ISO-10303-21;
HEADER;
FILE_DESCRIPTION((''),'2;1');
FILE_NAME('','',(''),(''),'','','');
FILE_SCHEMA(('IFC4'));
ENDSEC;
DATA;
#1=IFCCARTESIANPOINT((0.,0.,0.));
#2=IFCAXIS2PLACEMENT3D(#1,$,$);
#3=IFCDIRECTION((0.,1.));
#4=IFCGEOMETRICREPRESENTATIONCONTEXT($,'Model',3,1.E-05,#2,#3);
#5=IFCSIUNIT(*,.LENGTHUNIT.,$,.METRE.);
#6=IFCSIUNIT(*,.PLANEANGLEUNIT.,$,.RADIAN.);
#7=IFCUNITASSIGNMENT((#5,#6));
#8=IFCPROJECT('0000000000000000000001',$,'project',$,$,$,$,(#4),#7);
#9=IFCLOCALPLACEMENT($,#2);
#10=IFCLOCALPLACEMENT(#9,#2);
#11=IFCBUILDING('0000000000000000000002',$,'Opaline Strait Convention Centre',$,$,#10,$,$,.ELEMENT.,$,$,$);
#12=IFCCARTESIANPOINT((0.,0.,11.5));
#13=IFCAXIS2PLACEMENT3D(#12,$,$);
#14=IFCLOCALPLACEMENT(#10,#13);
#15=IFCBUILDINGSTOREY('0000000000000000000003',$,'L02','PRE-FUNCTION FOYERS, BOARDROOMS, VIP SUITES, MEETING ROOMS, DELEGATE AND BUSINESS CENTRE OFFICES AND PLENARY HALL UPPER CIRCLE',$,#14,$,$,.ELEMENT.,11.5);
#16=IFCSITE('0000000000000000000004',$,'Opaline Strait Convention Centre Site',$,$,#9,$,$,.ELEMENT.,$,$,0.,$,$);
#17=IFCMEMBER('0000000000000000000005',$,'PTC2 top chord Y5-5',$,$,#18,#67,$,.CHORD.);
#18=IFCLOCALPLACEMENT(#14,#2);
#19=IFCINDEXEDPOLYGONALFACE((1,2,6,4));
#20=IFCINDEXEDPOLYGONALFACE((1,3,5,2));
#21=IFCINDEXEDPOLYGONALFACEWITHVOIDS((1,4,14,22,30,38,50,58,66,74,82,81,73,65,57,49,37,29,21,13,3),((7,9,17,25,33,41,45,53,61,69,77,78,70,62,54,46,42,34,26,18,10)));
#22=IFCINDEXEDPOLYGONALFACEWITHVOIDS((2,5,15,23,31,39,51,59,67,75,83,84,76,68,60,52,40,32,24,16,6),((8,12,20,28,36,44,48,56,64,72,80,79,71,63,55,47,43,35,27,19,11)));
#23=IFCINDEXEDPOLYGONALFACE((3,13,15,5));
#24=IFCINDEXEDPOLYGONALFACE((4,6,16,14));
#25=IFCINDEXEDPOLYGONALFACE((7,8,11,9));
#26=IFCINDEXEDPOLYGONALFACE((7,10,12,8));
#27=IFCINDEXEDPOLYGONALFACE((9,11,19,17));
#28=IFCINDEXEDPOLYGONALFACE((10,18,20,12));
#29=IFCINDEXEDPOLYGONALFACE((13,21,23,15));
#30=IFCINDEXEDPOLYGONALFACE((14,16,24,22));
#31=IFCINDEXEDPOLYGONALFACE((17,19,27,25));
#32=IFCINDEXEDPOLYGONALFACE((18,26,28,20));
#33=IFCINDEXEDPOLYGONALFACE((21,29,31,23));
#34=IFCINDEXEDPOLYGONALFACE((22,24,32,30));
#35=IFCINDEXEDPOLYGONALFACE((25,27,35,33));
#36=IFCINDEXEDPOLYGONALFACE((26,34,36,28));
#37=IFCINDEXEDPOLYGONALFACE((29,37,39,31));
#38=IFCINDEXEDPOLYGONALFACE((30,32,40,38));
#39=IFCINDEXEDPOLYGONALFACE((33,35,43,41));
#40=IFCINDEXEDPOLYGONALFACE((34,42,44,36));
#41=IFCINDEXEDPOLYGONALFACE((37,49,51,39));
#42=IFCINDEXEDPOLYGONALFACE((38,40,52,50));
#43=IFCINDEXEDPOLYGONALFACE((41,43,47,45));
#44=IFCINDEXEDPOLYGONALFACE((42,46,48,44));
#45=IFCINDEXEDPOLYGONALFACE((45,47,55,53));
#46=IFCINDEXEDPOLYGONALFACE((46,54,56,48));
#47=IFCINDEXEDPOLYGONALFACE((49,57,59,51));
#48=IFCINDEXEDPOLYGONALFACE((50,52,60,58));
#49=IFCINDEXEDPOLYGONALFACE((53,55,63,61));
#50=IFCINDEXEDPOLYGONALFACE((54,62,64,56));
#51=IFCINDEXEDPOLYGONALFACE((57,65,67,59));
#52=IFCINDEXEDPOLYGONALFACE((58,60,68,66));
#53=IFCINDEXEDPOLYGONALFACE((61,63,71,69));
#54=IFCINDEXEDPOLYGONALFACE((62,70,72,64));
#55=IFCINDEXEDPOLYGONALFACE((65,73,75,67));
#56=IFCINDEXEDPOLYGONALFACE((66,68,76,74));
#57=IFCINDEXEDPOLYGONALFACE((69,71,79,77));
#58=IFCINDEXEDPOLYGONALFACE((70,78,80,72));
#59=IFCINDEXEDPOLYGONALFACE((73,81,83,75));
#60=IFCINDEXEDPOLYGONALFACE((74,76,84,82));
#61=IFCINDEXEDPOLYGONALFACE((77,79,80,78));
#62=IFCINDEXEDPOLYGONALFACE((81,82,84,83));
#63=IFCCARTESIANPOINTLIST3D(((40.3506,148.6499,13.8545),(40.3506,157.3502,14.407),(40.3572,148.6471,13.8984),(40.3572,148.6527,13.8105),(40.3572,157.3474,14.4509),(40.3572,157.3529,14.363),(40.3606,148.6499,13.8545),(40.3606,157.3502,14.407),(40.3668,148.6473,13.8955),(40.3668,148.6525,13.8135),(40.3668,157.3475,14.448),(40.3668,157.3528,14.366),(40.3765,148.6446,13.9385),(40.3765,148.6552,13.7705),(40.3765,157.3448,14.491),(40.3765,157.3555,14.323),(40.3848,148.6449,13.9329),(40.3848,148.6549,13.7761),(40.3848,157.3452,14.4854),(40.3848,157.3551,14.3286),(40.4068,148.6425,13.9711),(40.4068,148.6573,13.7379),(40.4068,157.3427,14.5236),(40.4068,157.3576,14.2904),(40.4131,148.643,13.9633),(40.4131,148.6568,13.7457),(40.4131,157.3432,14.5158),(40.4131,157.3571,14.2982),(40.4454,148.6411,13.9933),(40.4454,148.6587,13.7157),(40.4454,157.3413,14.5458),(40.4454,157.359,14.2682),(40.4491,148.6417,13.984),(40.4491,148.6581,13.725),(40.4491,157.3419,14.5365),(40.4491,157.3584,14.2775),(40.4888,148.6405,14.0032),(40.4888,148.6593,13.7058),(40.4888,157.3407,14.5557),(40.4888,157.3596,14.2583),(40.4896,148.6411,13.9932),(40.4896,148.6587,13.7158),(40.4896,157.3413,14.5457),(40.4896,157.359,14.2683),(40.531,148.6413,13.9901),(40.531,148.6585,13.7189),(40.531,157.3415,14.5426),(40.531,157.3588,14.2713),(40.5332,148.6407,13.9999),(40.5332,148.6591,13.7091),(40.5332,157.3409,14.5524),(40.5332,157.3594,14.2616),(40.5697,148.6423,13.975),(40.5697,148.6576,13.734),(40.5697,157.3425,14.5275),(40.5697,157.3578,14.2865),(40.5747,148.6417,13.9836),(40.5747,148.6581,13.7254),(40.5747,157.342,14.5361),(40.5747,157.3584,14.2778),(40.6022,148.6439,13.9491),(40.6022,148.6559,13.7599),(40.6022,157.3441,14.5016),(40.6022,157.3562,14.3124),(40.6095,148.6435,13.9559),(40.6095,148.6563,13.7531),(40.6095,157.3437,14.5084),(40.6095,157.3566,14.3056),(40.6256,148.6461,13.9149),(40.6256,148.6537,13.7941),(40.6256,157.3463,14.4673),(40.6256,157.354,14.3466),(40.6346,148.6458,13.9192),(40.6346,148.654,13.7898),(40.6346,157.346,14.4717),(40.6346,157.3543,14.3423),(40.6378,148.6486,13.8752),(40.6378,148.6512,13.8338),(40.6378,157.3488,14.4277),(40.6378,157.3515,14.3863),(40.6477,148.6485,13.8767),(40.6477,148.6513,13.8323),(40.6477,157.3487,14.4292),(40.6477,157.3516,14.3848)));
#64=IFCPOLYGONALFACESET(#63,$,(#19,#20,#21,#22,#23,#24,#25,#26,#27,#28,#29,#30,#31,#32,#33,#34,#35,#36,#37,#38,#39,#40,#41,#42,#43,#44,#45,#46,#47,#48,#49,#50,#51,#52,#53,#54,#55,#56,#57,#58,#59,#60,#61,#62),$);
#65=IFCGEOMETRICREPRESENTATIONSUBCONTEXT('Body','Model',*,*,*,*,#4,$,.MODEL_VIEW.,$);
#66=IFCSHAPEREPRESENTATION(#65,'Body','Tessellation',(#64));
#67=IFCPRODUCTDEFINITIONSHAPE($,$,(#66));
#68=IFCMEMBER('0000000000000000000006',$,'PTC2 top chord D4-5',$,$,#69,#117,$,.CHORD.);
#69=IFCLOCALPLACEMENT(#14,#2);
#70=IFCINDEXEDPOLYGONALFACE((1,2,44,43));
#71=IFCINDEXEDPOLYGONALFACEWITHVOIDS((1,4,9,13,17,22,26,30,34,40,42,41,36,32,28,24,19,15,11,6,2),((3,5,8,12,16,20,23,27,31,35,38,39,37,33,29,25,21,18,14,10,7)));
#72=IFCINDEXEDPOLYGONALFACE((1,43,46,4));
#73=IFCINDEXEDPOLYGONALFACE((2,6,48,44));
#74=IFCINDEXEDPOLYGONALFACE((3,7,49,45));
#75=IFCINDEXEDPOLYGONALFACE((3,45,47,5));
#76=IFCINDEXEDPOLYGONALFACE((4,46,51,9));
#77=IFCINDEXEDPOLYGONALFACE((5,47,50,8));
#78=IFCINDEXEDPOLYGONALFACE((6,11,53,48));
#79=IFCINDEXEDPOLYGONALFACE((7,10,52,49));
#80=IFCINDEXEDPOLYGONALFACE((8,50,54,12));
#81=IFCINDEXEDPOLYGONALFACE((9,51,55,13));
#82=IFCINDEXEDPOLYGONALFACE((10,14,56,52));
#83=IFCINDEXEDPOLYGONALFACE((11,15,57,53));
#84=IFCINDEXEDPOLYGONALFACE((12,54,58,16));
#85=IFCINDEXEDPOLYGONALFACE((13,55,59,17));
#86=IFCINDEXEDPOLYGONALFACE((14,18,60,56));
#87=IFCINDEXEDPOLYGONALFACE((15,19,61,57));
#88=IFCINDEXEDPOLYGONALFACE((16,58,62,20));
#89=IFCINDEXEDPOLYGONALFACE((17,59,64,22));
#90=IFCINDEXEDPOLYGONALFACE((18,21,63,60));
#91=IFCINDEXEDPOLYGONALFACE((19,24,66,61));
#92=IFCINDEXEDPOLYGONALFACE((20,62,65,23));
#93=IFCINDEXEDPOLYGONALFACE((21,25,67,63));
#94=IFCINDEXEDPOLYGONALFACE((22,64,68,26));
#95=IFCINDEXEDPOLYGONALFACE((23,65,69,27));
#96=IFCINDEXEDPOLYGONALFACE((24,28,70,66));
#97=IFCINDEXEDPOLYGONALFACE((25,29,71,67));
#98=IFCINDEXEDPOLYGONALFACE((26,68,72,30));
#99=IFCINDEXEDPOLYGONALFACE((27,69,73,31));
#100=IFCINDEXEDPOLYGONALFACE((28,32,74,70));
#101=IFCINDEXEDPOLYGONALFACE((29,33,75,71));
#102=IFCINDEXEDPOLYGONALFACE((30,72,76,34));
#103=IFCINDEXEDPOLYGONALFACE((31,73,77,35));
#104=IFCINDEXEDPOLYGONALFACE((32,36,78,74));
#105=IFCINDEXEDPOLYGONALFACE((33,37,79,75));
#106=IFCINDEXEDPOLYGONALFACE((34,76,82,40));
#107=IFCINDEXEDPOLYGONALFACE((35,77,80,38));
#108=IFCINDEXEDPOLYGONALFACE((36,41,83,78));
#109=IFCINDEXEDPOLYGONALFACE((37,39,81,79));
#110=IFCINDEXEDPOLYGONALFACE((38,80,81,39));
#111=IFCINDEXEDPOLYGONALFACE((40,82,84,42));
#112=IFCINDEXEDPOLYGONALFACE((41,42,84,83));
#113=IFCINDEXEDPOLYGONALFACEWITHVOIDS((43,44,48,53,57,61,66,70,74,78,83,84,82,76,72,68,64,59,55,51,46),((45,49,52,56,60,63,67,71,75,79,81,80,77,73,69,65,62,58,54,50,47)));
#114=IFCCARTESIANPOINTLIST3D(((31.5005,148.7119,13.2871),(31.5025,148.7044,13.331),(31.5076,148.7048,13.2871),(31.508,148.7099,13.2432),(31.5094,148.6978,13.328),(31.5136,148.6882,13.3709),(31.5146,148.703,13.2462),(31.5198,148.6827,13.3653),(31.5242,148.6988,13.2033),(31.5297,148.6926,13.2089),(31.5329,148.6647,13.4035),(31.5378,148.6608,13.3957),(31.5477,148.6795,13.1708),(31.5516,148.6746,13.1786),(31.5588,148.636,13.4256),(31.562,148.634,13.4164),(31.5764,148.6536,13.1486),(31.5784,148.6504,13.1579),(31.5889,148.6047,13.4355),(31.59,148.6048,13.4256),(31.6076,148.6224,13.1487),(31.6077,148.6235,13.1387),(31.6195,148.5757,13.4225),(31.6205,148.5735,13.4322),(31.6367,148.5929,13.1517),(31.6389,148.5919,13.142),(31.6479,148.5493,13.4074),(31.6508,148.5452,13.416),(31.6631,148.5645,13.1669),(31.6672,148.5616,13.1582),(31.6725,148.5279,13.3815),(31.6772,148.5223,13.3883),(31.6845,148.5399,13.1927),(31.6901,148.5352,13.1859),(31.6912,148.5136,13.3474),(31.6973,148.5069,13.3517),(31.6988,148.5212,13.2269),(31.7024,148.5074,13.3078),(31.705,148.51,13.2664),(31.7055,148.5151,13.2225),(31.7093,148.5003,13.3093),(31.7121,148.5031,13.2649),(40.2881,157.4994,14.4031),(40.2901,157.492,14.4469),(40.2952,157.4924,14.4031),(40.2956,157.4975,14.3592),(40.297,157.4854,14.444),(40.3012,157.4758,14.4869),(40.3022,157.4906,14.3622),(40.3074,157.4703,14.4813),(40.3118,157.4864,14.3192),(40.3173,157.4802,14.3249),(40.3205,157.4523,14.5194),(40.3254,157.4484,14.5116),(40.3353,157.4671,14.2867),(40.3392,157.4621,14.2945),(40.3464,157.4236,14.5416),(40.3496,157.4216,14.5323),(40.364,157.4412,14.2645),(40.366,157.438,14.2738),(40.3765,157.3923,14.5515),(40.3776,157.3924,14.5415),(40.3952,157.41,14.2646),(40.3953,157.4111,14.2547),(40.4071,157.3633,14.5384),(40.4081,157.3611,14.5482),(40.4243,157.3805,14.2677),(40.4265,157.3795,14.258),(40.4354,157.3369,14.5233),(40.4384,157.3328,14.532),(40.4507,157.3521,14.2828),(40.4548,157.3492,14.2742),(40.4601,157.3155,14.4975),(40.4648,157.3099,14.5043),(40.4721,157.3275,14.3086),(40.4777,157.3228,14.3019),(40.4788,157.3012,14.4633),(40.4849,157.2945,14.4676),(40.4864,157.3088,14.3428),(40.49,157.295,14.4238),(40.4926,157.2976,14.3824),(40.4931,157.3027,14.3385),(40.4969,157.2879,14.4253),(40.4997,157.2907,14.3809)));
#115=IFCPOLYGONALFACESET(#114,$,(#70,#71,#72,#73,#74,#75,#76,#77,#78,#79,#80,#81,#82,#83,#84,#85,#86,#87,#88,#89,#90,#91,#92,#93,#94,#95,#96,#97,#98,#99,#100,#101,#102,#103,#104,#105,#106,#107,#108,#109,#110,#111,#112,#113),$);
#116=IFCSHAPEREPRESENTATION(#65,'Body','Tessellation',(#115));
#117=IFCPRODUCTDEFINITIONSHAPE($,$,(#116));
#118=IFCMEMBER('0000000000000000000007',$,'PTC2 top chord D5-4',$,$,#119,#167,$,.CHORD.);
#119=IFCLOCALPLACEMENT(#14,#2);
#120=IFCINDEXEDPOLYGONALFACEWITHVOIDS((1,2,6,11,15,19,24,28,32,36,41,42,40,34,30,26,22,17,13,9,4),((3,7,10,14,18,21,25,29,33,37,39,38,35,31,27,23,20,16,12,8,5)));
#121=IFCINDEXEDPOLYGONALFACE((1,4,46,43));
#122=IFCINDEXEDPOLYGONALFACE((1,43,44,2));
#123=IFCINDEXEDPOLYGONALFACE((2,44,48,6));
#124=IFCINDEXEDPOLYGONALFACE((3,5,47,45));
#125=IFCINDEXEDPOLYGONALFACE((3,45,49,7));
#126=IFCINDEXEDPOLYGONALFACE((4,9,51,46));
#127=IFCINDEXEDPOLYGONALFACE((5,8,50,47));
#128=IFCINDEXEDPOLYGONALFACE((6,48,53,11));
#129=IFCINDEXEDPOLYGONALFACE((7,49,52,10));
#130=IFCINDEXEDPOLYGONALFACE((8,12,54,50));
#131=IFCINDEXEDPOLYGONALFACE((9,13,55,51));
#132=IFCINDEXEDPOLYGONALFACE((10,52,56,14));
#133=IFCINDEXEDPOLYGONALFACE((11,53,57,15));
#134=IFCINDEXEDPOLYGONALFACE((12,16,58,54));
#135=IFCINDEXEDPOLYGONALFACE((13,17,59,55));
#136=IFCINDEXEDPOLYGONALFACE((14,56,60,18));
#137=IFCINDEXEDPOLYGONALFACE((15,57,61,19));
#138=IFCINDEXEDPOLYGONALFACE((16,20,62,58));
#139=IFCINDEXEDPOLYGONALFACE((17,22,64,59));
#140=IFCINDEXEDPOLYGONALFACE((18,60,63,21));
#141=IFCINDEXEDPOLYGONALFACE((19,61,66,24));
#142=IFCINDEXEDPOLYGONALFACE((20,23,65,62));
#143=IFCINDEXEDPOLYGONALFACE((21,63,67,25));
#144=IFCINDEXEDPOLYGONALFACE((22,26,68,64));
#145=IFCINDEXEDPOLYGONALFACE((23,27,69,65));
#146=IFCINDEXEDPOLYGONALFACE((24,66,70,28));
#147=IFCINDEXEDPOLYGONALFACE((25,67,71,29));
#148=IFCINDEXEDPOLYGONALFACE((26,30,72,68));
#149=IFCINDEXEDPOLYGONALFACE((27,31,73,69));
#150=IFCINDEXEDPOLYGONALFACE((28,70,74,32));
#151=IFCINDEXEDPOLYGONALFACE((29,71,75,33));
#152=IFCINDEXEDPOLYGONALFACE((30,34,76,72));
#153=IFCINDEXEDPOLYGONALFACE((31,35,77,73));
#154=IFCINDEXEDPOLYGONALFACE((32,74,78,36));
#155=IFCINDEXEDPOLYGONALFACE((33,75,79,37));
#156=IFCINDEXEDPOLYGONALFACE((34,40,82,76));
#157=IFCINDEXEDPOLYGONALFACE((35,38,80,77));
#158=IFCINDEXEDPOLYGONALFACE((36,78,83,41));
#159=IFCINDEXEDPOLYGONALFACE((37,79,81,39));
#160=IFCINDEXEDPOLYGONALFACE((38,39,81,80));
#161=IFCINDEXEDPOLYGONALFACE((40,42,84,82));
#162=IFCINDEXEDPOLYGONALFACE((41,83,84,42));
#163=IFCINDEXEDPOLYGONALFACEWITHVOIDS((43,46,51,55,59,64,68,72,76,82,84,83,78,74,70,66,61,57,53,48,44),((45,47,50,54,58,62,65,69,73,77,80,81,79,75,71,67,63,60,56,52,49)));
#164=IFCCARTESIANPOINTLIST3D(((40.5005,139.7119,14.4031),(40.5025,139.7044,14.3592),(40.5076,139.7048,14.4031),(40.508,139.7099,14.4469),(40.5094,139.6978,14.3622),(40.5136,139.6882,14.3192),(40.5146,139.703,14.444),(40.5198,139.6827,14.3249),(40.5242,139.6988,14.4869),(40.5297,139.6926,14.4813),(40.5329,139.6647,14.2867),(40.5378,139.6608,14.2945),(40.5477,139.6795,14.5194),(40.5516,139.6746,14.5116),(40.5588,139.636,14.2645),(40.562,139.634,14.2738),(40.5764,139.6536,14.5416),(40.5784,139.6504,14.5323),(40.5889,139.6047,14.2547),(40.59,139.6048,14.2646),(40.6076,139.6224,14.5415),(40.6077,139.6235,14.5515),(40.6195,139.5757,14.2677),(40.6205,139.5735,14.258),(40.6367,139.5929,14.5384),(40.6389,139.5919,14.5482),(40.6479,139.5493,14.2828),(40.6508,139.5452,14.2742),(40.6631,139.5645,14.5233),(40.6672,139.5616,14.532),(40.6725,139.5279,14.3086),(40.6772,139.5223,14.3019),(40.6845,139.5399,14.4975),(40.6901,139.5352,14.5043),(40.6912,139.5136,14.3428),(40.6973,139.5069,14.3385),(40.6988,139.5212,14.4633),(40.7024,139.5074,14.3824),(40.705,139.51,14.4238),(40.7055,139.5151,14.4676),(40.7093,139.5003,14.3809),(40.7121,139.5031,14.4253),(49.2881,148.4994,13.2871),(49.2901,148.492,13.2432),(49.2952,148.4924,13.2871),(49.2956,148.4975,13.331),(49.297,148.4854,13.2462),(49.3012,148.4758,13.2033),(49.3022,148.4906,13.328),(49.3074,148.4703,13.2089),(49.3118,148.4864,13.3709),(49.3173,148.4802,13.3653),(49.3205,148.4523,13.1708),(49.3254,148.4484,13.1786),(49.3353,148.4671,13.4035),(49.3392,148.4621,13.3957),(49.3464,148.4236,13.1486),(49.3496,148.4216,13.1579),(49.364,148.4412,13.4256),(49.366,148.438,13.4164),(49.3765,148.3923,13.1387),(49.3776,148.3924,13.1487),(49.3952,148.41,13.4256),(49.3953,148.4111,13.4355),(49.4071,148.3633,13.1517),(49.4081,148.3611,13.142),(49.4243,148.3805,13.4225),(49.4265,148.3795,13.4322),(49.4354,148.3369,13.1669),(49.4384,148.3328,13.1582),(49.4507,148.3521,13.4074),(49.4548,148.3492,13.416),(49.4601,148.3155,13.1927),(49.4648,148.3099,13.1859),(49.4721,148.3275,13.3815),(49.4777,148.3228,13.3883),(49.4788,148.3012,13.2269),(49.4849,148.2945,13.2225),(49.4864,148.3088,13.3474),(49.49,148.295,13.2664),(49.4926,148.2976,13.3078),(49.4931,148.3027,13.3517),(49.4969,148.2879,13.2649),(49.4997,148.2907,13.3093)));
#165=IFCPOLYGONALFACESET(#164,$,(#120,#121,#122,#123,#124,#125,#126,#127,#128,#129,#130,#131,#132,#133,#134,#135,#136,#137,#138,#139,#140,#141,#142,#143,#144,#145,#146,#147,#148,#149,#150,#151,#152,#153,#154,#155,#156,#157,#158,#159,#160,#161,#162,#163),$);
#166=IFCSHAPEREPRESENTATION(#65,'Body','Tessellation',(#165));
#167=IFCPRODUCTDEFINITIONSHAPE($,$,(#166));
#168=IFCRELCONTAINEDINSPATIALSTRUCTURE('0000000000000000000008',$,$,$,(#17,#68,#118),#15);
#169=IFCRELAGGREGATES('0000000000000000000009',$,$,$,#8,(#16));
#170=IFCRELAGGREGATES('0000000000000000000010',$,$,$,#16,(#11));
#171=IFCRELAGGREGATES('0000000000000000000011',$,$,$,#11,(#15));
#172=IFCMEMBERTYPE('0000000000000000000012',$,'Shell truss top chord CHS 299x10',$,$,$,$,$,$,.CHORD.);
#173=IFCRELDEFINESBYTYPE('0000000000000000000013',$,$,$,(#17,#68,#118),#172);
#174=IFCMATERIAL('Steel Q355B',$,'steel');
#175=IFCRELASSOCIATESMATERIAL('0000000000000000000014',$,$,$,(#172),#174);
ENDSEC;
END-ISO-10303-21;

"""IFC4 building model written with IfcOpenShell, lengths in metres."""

from ifc_helpers import new_model, si_unit, direction, frame, origin, origin_2d, place, context, subcontext, project, spatial, hollow_circle, extrude, material, material_profile, profile_set, type_object, element, save


model = new_model("IFC4")

# Units and contexts
model_context = context("Model", 3, precision=1e-05, world=origin(), true_north=direction((0.0, 1.0)))
body_context = subcontext(model_context, "Body", "Model", "MODEL_VIEW")
ifc_project = project(units=[si_unit("LENGTHUNIT", "METRE"), si_unit("PLANEANGLEUNIT", "RADIAN")], contexts=[model_context])

# Site, building, storey
site_placement = place(None, origin())
site = spatial("IfcSite", under=ifc_project, at=site_placement, Name="Opaline Strait Convention Centre Site", CompositionType="ELEMENT", RefElevation=0.0)
building_placement = place(site_placement, origin())
building = spatial("IfcBuilding", under=site, at=building_placement, Name="Opaline Strait Convention Centre", CompositionType="ELEMENT")
storey_placement = place(building_placement, frame((0.0, 0.0, 11.5)))
storey = spatial("IfcBuildingStorey", under=building, at=storey_placement, Name="L02", Description="PRE-FUNCTION FOYERS, BOARDROOMS, VIP SUITES, MEETING ROOMS, DELEGATE AND BUSINESS CENTRE OFFICES AND PLENARY HALL UPPER CIRCLE", CompositionType="ELEMENT", Elevation=11.5)

# Members
ifc_material_1 = material(Name="Steel Q355B", Category="steel")
ifc_material_profile_1 = material_profile(ifc_material_1, hollow_circle(Radius=0.1494, WallThickness=0.01, at=origin_2d()), Name="CHS 299x10")
ifc_profile_set_1 = profile_set([ifc_material_profile_1], Name="Steel Q355B")
member_type_1 = type_object("IfcMemberType", Name="Shell truss top chord CHS 299x10", PredefinedType="CHORD", material=ifc_profile_set_1)
for number, where, z_axis, x_axis, name in (
    (1, (40.5, 148.6499, 13.8545), (0.0, 0.99799, 0.063376), (-1.0, 0.0, 0.0), "PTC2 top chord Y5-5"),
):
    element("IfcMember", number, at=place(storey_placement, frame(where, z_axis=z_axis, x_axis=x_axis)), inside=storey, type_object=member_type_1, Name=name, PredefinedType="CHORD", context=body_context, shape_type="SweptSolid", body=[
        extrude(hollow_circle(Radius=0.1494, WallThickness=0.01, at=origin_2d()), origin(), (0.0, 0.0, 1.0), 8.7178),
    ])
for number, where, z_axis, x_axis, name in (
    (2, (31.6062, 148.6062, 13.2871), (0.704273, 0.704273, 0.089438), (-0.707107, 0.707107, 0.0), "PTC2 top chord D4-5"),
    (3, (40.6062, 139.6062, 14.4031), (0.704273, 0.704273, -0.089438), (-0.707107, 0.707107, 0.0), "PTC2 top chord D5-4"),
):
    element("IfcMember", number, at=place(storey_placement, frame(where, z_axis=z_axis, x_axis=x_axis)), inside=storey, type_object=member_type_1, Name=name, PredefinedType="CHORD", context=body_context, shape_type="SweptSolid", body=[
        extrude(hollow_circle(Radius=0.1494, WallThickness=0.01, at=origin_2d()), origin(), (0.0, 0.0, 1.0), 12.4775),
    ])

save(model, "model.ifc")
